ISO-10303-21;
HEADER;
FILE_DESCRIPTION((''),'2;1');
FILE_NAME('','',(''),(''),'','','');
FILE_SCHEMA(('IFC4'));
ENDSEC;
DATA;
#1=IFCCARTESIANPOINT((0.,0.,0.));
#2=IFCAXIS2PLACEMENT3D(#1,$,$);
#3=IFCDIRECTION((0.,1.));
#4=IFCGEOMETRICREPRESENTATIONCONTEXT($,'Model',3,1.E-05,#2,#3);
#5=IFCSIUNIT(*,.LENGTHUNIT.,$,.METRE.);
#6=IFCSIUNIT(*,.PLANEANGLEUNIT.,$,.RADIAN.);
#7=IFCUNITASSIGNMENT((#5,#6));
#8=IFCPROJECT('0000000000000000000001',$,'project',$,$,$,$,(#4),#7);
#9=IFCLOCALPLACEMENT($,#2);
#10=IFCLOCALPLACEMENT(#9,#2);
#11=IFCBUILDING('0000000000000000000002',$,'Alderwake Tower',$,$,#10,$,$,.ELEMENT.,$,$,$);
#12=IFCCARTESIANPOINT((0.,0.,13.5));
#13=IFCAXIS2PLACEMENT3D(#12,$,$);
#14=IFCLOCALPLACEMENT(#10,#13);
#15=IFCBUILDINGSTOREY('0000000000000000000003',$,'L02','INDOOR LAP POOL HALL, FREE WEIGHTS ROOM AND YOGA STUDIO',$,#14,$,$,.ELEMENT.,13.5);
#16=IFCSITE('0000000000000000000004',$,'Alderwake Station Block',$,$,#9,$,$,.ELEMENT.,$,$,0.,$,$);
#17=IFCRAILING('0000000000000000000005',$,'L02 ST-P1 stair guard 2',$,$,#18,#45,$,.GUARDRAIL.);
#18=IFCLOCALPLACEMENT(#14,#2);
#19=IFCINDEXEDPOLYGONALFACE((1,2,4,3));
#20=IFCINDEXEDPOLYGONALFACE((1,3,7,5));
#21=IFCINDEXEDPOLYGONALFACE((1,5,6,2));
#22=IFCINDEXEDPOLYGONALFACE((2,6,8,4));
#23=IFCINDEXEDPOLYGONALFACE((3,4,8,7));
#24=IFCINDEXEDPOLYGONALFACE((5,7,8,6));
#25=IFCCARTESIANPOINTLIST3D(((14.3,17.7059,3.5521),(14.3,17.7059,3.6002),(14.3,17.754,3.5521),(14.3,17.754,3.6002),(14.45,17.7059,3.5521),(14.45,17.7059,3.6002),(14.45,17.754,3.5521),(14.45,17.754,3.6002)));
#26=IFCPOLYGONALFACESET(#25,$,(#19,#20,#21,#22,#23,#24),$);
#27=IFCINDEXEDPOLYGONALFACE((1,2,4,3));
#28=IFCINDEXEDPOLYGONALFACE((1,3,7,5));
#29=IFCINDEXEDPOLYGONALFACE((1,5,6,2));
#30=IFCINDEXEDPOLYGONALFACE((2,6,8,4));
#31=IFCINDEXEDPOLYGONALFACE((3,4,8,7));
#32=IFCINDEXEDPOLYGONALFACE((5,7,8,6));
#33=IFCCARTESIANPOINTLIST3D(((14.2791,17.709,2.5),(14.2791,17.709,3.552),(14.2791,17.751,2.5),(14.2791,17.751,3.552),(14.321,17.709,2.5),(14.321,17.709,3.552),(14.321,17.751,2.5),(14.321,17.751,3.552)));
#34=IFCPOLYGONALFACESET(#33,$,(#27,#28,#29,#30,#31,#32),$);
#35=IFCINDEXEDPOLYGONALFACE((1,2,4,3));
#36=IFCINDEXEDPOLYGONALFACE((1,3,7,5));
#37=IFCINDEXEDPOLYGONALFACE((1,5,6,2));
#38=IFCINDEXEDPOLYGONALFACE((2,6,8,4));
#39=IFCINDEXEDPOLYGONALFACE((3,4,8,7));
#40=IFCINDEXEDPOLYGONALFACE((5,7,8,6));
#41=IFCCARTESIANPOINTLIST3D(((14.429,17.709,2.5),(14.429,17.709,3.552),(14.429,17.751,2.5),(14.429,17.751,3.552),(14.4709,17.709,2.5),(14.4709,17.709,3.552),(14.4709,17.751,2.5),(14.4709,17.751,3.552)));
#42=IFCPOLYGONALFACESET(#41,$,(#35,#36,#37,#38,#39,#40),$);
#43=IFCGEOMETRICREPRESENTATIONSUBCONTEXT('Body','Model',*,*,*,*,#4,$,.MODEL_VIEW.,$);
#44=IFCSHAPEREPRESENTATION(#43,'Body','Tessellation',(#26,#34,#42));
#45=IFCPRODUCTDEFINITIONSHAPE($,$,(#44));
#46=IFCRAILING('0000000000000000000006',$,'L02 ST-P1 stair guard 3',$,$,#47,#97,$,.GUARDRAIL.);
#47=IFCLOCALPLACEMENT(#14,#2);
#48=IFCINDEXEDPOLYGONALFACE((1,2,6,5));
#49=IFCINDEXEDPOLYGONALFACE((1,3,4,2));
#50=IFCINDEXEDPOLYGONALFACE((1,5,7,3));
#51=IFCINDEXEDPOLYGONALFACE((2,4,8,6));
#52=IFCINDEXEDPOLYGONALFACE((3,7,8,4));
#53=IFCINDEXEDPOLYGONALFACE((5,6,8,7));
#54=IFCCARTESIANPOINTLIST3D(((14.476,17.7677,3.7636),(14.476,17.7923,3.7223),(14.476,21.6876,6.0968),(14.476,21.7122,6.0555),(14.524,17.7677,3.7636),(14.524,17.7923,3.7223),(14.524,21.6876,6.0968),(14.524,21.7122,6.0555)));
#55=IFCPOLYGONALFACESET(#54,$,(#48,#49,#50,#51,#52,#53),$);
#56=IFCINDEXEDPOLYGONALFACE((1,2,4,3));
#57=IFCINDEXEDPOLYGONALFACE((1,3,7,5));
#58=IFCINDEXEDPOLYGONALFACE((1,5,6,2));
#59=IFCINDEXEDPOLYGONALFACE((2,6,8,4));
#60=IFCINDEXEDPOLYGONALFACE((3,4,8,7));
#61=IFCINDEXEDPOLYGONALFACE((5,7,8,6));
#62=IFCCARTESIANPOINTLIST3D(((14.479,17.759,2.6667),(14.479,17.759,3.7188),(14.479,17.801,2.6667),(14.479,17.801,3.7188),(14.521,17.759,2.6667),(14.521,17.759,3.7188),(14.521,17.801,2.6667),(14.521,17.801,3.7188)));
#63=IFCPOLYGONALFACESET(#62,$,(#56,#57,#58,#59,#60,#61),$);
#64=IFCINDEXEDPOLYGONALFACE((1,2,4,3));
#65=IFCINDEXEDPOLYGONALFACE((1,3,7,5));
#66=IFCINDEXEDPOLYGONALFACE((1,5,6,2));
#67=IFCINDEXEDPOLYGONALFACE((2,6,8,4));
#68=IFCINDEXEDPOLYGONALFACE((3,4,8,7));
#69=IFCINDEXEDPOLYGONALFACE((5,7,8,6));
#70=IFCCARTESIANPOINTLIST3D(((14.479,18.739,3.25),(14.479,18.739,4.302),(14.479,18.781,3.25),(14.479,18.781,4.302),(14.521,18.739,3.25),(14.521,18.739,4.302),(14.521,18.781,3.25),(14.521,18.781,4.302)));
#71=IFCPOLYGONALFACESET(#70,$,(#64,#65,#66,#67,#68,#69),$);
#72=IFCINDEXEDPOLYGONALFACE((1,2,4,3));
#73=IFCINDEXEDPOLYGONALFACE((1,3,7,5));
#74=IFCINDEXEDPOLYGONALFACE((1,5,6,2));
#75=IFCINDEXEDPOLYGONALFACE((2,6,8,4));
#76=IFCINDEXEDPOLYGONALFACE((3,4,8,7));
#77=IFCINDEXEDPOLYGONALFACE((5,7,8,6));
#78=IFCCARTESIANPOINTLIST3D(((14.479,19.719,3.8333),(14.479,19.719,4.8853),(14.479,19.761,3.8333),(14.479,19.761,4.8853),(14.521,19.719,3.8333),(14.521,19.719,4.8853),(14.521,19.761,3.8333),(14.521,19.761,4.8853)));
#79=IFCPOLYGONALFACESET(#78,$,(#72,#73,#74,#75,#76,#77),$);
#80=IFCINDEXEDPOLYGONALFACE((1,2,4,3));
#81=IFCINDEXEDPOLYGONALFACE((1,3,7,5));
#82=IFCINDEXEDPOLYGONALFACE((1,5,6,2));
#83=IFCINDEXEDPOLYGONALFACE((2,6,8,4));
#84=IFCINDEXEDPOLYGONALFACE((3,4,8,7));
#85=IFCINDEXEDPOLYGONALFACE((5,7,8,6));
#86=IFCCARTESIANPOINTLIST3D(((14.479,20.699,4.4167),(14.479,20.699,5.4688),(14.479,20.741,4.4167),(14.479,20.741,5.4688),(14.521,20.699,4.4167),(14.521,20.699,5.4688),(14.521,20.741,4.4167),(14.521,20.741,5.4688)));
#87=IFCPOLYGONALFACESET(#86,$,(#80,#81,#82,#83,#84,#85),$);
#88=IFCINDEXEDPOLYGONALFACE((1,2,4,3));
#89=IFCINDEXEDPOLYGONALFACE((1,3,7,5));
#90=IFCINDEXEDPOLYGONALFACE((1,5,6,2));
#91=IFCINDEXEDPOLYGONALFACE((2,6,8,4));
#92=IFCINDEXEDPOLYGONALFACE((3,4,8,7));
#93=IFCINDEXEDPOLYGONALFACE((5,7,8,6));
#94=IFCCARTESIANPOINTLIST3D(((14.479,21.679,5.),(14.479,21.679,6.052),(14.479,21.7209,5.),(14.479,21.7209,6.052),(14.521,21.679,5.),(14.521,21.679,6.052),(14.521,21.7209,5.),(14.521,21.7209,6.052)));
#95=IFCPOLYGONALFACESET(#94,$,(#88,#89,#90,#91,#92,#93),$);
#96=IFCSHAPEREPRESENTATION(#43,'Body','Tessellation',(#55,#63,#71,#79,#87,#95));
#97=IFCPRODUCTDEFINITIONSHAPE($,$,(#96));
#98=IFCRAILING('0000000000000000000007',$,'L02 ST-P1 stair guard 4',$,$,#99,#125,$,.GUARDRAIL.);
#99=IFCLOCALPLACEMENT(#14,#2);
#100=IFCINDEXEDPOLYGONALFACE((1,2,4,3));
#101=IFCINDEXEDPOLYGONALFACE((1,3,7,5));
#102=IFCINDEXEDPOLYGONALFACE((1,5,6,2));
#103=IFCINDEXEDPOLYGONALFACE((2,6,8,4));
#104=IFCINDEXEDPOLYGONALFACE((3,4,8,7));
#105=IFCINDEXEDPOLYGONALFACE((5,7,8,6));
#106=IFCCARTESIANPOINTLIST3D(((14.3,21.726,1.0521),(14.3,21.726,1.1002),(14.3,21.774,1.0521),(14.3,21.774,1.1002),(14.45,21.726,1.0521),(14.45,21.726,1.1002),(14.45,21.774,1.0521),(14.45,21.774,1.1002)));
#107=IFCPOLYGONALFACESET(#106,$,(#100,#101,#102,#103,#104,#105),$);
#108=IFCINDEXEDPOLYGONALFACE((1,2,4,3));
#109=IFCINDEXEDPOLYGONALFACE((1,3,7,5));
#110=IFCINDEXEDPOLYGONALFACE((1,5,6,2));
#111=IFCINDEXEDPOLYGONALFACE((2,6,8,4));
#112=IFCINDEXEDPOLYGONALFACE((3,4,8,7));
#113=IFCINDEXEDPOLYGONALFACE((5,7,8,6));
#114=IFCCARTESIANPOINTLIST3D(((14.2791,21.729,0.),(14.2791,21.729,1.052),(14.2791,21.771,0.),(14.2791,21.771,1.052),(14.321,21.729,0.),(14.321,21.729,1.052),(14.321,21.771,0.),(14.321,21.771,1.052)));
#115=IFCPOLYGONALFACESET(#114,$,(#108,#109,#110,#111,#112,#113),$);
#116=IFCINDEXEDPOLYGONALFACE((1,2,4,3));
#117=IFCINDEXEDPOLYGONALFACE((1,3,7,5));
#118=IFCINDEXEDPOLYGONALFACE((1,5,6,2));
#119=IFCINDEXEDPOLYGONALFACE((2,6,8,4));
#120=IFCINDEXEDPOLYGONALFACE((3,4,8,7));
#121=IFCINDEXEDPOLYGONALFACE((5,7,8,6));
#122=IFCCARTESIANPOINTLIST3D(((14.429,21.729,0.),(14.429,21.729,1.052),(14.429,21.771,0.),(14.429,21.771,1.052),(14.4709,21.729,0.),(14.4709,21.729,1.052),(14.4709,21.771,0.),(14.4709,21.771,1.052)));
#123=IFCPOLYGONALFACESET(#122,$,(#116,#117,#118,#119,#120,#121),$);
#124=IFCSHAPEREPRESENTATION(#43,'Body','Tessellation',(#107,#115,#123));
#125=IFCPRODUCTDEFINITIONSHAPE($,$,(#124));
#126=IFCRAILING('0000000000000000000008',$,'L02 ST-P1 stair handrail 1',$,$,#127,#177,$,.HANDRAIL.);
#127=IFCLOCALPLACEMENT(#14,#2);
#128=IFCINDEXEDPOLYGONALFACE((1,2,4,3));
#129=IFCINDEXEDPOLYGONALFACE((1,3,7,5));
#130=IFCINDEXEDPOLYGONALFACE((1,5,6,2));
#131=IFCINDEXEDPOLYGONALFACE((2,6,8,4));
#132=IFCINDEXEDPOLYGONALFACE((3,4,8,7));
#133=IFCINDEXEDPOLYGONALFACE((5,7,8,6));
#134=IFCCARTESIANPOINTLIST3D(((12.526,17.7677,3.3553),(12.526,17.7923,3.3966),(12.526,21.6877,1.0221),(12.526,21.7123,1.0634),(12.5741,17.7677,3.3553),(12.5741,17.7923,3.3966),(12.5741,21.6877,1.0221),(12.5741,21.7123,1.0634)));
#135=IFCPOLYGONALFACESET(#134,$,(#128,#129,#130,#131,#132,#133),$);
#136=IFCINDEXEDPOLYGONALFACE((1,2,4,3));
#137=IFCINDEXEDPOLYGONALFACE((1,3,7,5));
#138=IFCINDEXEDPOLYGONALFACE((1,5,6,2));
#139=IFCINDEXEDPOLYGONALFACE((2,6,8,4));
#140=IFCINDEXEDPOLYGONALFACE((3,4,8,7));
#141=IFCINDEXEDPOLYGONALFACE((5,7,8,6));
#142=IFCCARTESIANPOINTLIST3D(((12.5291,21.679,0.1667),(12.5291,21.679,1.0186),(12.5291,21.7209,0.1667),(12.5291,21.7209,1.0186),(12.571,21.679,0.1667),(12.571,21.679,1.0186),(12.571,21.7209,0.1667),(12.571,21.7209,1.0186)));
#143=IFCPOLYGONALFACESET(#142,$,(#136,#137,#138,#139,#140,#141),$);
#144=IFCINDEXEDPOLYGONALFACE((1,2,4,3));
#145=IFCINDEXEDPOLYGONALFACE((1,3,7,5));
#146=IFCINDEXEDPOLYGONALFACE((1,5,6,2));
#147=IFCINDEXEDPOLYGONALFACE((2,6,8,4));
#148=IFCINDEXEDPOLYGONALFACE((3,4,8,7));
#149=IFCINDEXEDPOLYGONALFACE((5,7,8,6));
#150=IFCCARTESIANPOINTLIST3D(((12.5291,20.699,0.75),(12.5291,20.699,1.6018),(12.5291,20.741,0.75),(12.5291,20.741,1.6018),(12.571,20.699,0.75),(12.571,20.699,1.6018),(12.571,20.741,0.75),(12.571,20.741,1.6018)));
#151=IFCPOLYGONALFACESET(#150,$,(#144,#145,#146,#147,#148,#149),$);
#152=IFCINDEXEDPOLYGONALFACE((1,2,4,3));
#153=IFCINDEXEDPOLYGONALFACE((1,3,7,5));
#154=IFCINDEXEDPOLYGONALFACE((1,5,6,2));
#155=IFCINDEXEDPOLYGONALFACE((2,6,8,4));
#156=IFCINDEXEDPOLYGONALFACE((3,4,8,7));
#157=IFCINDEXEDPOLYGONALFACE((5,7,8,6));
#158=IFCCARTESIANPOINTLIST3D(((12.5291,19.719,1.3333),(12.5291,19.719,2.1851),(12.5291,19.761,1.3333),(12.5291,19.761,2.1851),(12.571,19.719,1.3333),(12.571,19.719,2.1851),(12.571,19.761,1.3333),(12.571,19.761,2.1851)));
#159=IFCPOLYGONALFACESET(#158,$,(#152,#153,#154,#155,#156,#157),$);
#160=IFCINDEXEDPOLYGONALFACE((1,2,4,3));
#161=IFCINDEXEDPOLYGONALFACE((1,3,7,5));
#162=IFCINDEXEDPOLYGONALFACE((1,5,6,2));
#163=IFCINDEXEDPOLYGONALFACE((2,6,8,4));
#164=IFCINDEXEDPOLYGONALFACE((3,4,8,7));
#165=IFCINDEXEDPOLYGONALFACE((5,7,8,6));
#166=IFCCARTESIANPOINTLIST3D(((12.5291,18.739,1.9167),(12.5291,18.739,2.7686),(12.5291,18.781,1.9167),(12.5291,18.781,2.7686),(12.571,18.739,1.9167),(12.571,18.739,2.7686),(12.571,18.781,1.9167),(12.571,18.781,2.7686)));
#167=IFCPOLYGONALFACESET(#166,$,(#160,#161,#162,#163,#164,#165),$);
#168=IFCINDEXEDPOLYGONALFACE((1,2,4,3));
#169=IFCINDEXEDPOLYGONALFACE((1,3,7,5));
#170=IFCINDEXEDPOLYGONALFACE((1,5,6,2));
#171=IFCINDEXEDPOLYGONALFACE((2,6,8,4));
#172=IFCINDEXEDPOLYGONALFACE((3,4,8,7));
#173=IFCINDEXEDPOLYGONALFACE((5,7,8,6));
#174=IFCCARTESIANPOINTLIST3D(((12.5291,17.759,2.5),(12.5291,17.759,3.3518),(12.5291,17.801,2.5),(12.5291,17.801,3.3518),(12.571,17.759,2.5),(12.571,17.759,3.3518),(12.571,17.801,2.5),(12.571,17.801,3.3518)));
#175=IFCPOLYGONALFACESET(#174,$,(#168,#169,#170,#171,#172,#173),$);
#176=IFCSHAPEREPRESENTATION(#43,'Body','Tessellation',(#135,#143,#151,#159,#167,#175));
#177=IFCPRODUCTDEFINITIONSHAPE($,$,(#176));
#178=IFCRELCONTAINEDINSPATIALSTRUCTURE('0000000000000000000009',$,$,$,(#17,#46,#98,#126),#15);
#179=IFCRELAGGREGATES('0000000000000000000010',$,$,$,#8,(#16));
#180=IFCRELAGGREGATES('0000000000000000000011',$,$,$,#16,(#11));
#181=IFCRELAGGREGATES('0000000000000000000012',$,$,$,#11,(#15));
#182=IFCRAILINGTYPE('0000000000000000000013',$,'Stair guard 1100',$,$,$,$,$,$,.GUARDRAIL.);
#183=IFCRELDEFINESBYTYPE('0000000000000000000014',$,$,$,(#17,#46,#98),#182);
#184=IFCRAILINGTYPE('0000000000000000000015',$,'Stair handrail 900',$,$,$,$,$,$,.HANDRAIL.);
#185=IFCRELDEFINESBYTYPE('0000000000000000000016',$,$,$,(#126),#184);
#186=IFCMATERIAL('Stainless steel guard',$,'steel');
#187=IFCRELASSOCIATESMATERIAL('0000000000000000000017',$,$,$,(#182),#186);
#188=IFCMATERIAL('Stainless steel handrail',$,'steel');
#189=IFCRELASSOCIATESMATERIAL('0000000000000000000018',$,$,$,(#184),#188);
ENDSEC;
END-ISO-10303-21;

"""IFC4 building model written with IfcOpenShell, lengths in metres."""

from ifc_helpers import new_model, si_unit, direction, frame, origin, origin_with_axes, origin_2d, place, context, subcontext, project, spatial, rectangle, extrude, material, type_object, element, save


model = new_model("IFC4")

# Units and contexts
model_context = context("Model", 3, precision=1e-05, world=origin(), true_north=direction((0.0, 1.0)))
body_context = subcontext(model_context, "Body", "Model", "MODEL_VIEW")
ifc_project = project(units=[si_unit("LENGTHUNIT", "METRE"), si_unit("PLANEANGLEUNIT", "RADIAN")], contexts=[model_context])

# Site, building, storey
site_placement = place(None, origin())
site = spatial("IfcSite", under=ifc_project, at=site_placement, Name="Alderwake Station Block", CompositionType="ELEMENT", RefElevation=0.0)
building_placement = place(site_placement, origin())
building = spatial("IfcBuilding", under=site, at=building_placement, Name="Alderwake Tower", CompositionType="ELEMENT")
storey_placement = place(building_placement, frame((0.0, 0.0, 13.5)))
storey = spatial("IfcBuildingStorey", under=building, at=storey_placement, Name="L02", Description="INDOOR LAP POOL HALL, FREE WEIGHTS ROOM AND YOGA STUDIO", CompositionType="ELEMENT", Elevation=13.5)

# Railings
ifc_material_1 = material(Name="Stainless steel guard", Category="steel")
railing_type_1 = type_object("IfcRailingType", Name="Stair guard 1100", PredefinedType="GUARDRAIL", material=ifc_material_1)
railing_1_placement = place(storey_placement, frame((14.3, 17.73, 2.5)))
element("IfcRailing", 1, at=railing_1_placement, inside=storey, type_object=railing_type_1, Name="L02 ST-P1 stair guard 2", PredefinedType="GUARDRAIL", context=body_context, shape_type="SweptSolid", body=[
    extrude(rectangle(XDim=0.0481, YDim=0.0481, at=origin_2d()), frame((0.0, 0.0, 1.0762), z_axis=(1.0, 0.0, 0.0), x_axis=(0.0, 1.0, 0.0)), (0.0, 0.0, 1.0), 0.1499),
    extrude(rectangle(XDim=0.042, YDim=0.042, at=origin_2d()), origin_with_axes(), (0.0, 0.0, 1.0), 1.052),
    extrude(rectangle(XDim=0.042, YDim=0.042, at=origin_2d()), frame((0.1499, 0.0, 0.0), z_axis=(0.0, 0.0, 1.0), x_axis=(1.0, 0.0, 0.0)), (0.0, 0.0, 1.0), 1.052),
])
railing_2_placement = place(storey_placement, frame((14.5, 17.78, 2.6667)))
element("IfcRailing", 2, at=railing_2_placement, inside=storey, type_object=railing_type_1, Name="L02 ST-P1 stair guard 3", PredefinedType="GUARDRAIL", context=body_context, shape_type="SweptSolid", body=[
    extrude(rectangle(XDim=0.0481, YDim=0.0481, at=origin_2d()), frame((0.0, 0.0, 1.0762), z_axis=(0.0, 0.859296, 0.511478), x_axis=(-1.0, 0.0, 0.0)), (0.0, 0.0, 1.0), 4.5618),
    extrude(rectangle(XDim=0.042, YDim=0.042, at=origin_2d()), frame((0.0, 0.0, 0.0), z_axis=(0.0, 0.0, 1.0), x_axis=(0.0, 1.0, 0.0)), (0.0, 0.0, 1.0), 1.052),
    extrude(rectangle(XDim=0.042, YDim=0.042, at=origin_2d()), frame((0.0, 0.98, 0.5833), z_axis=(0.0, 0.0, 1.0), x_axis=(0.0, 1.0, 0.0)), (0.0, 0.0, 1.0), 1.052),
    extrude(rectangle(XDim=0.042, YDim=0.042, at=origin_2d()), frame((0.0, 1.96, 1.1665), z_axis=(0.0, 0.0, 1.0), x_axis=(0.0, 1.0, 0.0)), (0.0, 0.0, 1.0), 1.052),
    extrude(rectangle(XDim=0.042, YDim=0.042, at=origin_2d()), frame((0.0, 2.9399, 1.75), z_axis=(0.0, 0.0, 1.0), x_axis=(0.0, 1.0, 0.0)), (0.0, 0.0, 1.0), 1.052),
    extrude(rectangle(XDim=0.042, YDim=0.042, at=origin_2d()), frame((0.0, 3.9199, 2.3333), z_axis=(0.0, 0.0, 1.0), x_axis=(0.0, 1.0, 0.0)), (0.0, 0.0, 1.0), 1.052),
])
railing_3_placement = place(storey_placement, frame((14.3, 21.75, 0.0)))
element("IfcRailing", 3, at=railing_3_placement, inside=storey, type_object=railing_type_1, Name="L02 ST-P1 stair guard 4", PredefinedType="GUARDRAIL", context=body_context, shape_type="SweptSolid", body=[
    extrude(rectangle(XDim=0.0481, YDim=0.0481, at=origin_2d()), frame((0.0, 0.0, 1.0762), z_axis=(1.0, 0.0, 0.0), x_axis=(0.0, 1.0, 0.0)), (0.0, 0.0, 1.0), 0.1499),
    extrude(rectangle(XDim=0.042, YDim=0.042, at=origin_2d()), origin_with_axes(), (0.0, 0.0, 1.0), 1.052),
    extrude(rectangle(XDim=0.042, YDim=0.042, at=origin_2d()), frame((0.1499, 0.0, 0.0), z_axis=(0.0, 0.0, 1.0), x_axis=(1.0, 0.0, 0.0)), (0.0, 0.0, 1.0), 1.052),
])
ifc_material_2 = material(Name="Stainless steel handrail", Category="steel")
railing_type_2 = type_object("IfcRailingType", Name="Stair handrail 900", PredefinedType="HANDRAIL", material=ifc_material_2)
railing_4_placement = place(storey_placement, frame((12.55, 21.7, 0.1667)))
element("IfcRailing", 4, at=railing_4_placement, inside=storey, type_object=railing_type_2, Name="L02 ST-P1 stair handrail 1", PredefinedType="HANDRAIL", context=body_context, shape_type="SweptSolid", body=[
    extrude(rectangle(XDim=0.0481, YDim=0.0481, at=origin_2d()), frame((0.0, 0.0, 0.876), z_axis=(0.0, -0.859296, 0.511478), x_axis=(1.0, 0.0, 0.0)), (0.0, 0.0, 1.0), 4.5618),
    extrude(rectangle(XDim=0.042, YDim=0.042, at=origin_2d()), frame((0.0, 0.0, 0.0), z_axis=(0.0, 0.0, 1.0), x_axis=(0.0, -1.0, 0.0)), (0.0, 0.0, 1.0), 0.8518),
    extrude(rectangle(XDim=0.042, YDim=0.042, at=origin_2d()), frame((0.0, -0.98, 0.5833), z_axis=(0.0, 0.0, 1.0), x_axis=(0.0, -1.0, 0.0)), (0.0, 0.0, 1.0), 0.8518),
    extrude(rectangle(XDim=0.042, YDim=0.042, at=origin_2d()), frame((0.0, -1.96, 1.1665), z_axis=(0.0, 0.0, 1.0), x_axis=(0.0, -1.0, 0.0)), (0.0, 0.0, 1.0), 0.8518),
    extrude(rectangle(XDim=0.042, YDim=0.042, at=origin_2d()), frame((0.0, -2.9399, 1.75), z_axis=(0.0, 0.0, 1.0), x_axis=(0.0, -1.0, 0.0)), (0.0, 0.0, 1.0), 0.8518),
    extrude(rectangle(XDim=0.042, YDim=0.042, at=origin_2d()), frame((0.0, -3.9199, 2.3333), z_axis=(0.0, 0.0, 1.0), x_axis=(0.0, -1.0, 0.0)), (0.0, 0.0, 1.0), 0.8518),
])

save(model, "model.ifc")
